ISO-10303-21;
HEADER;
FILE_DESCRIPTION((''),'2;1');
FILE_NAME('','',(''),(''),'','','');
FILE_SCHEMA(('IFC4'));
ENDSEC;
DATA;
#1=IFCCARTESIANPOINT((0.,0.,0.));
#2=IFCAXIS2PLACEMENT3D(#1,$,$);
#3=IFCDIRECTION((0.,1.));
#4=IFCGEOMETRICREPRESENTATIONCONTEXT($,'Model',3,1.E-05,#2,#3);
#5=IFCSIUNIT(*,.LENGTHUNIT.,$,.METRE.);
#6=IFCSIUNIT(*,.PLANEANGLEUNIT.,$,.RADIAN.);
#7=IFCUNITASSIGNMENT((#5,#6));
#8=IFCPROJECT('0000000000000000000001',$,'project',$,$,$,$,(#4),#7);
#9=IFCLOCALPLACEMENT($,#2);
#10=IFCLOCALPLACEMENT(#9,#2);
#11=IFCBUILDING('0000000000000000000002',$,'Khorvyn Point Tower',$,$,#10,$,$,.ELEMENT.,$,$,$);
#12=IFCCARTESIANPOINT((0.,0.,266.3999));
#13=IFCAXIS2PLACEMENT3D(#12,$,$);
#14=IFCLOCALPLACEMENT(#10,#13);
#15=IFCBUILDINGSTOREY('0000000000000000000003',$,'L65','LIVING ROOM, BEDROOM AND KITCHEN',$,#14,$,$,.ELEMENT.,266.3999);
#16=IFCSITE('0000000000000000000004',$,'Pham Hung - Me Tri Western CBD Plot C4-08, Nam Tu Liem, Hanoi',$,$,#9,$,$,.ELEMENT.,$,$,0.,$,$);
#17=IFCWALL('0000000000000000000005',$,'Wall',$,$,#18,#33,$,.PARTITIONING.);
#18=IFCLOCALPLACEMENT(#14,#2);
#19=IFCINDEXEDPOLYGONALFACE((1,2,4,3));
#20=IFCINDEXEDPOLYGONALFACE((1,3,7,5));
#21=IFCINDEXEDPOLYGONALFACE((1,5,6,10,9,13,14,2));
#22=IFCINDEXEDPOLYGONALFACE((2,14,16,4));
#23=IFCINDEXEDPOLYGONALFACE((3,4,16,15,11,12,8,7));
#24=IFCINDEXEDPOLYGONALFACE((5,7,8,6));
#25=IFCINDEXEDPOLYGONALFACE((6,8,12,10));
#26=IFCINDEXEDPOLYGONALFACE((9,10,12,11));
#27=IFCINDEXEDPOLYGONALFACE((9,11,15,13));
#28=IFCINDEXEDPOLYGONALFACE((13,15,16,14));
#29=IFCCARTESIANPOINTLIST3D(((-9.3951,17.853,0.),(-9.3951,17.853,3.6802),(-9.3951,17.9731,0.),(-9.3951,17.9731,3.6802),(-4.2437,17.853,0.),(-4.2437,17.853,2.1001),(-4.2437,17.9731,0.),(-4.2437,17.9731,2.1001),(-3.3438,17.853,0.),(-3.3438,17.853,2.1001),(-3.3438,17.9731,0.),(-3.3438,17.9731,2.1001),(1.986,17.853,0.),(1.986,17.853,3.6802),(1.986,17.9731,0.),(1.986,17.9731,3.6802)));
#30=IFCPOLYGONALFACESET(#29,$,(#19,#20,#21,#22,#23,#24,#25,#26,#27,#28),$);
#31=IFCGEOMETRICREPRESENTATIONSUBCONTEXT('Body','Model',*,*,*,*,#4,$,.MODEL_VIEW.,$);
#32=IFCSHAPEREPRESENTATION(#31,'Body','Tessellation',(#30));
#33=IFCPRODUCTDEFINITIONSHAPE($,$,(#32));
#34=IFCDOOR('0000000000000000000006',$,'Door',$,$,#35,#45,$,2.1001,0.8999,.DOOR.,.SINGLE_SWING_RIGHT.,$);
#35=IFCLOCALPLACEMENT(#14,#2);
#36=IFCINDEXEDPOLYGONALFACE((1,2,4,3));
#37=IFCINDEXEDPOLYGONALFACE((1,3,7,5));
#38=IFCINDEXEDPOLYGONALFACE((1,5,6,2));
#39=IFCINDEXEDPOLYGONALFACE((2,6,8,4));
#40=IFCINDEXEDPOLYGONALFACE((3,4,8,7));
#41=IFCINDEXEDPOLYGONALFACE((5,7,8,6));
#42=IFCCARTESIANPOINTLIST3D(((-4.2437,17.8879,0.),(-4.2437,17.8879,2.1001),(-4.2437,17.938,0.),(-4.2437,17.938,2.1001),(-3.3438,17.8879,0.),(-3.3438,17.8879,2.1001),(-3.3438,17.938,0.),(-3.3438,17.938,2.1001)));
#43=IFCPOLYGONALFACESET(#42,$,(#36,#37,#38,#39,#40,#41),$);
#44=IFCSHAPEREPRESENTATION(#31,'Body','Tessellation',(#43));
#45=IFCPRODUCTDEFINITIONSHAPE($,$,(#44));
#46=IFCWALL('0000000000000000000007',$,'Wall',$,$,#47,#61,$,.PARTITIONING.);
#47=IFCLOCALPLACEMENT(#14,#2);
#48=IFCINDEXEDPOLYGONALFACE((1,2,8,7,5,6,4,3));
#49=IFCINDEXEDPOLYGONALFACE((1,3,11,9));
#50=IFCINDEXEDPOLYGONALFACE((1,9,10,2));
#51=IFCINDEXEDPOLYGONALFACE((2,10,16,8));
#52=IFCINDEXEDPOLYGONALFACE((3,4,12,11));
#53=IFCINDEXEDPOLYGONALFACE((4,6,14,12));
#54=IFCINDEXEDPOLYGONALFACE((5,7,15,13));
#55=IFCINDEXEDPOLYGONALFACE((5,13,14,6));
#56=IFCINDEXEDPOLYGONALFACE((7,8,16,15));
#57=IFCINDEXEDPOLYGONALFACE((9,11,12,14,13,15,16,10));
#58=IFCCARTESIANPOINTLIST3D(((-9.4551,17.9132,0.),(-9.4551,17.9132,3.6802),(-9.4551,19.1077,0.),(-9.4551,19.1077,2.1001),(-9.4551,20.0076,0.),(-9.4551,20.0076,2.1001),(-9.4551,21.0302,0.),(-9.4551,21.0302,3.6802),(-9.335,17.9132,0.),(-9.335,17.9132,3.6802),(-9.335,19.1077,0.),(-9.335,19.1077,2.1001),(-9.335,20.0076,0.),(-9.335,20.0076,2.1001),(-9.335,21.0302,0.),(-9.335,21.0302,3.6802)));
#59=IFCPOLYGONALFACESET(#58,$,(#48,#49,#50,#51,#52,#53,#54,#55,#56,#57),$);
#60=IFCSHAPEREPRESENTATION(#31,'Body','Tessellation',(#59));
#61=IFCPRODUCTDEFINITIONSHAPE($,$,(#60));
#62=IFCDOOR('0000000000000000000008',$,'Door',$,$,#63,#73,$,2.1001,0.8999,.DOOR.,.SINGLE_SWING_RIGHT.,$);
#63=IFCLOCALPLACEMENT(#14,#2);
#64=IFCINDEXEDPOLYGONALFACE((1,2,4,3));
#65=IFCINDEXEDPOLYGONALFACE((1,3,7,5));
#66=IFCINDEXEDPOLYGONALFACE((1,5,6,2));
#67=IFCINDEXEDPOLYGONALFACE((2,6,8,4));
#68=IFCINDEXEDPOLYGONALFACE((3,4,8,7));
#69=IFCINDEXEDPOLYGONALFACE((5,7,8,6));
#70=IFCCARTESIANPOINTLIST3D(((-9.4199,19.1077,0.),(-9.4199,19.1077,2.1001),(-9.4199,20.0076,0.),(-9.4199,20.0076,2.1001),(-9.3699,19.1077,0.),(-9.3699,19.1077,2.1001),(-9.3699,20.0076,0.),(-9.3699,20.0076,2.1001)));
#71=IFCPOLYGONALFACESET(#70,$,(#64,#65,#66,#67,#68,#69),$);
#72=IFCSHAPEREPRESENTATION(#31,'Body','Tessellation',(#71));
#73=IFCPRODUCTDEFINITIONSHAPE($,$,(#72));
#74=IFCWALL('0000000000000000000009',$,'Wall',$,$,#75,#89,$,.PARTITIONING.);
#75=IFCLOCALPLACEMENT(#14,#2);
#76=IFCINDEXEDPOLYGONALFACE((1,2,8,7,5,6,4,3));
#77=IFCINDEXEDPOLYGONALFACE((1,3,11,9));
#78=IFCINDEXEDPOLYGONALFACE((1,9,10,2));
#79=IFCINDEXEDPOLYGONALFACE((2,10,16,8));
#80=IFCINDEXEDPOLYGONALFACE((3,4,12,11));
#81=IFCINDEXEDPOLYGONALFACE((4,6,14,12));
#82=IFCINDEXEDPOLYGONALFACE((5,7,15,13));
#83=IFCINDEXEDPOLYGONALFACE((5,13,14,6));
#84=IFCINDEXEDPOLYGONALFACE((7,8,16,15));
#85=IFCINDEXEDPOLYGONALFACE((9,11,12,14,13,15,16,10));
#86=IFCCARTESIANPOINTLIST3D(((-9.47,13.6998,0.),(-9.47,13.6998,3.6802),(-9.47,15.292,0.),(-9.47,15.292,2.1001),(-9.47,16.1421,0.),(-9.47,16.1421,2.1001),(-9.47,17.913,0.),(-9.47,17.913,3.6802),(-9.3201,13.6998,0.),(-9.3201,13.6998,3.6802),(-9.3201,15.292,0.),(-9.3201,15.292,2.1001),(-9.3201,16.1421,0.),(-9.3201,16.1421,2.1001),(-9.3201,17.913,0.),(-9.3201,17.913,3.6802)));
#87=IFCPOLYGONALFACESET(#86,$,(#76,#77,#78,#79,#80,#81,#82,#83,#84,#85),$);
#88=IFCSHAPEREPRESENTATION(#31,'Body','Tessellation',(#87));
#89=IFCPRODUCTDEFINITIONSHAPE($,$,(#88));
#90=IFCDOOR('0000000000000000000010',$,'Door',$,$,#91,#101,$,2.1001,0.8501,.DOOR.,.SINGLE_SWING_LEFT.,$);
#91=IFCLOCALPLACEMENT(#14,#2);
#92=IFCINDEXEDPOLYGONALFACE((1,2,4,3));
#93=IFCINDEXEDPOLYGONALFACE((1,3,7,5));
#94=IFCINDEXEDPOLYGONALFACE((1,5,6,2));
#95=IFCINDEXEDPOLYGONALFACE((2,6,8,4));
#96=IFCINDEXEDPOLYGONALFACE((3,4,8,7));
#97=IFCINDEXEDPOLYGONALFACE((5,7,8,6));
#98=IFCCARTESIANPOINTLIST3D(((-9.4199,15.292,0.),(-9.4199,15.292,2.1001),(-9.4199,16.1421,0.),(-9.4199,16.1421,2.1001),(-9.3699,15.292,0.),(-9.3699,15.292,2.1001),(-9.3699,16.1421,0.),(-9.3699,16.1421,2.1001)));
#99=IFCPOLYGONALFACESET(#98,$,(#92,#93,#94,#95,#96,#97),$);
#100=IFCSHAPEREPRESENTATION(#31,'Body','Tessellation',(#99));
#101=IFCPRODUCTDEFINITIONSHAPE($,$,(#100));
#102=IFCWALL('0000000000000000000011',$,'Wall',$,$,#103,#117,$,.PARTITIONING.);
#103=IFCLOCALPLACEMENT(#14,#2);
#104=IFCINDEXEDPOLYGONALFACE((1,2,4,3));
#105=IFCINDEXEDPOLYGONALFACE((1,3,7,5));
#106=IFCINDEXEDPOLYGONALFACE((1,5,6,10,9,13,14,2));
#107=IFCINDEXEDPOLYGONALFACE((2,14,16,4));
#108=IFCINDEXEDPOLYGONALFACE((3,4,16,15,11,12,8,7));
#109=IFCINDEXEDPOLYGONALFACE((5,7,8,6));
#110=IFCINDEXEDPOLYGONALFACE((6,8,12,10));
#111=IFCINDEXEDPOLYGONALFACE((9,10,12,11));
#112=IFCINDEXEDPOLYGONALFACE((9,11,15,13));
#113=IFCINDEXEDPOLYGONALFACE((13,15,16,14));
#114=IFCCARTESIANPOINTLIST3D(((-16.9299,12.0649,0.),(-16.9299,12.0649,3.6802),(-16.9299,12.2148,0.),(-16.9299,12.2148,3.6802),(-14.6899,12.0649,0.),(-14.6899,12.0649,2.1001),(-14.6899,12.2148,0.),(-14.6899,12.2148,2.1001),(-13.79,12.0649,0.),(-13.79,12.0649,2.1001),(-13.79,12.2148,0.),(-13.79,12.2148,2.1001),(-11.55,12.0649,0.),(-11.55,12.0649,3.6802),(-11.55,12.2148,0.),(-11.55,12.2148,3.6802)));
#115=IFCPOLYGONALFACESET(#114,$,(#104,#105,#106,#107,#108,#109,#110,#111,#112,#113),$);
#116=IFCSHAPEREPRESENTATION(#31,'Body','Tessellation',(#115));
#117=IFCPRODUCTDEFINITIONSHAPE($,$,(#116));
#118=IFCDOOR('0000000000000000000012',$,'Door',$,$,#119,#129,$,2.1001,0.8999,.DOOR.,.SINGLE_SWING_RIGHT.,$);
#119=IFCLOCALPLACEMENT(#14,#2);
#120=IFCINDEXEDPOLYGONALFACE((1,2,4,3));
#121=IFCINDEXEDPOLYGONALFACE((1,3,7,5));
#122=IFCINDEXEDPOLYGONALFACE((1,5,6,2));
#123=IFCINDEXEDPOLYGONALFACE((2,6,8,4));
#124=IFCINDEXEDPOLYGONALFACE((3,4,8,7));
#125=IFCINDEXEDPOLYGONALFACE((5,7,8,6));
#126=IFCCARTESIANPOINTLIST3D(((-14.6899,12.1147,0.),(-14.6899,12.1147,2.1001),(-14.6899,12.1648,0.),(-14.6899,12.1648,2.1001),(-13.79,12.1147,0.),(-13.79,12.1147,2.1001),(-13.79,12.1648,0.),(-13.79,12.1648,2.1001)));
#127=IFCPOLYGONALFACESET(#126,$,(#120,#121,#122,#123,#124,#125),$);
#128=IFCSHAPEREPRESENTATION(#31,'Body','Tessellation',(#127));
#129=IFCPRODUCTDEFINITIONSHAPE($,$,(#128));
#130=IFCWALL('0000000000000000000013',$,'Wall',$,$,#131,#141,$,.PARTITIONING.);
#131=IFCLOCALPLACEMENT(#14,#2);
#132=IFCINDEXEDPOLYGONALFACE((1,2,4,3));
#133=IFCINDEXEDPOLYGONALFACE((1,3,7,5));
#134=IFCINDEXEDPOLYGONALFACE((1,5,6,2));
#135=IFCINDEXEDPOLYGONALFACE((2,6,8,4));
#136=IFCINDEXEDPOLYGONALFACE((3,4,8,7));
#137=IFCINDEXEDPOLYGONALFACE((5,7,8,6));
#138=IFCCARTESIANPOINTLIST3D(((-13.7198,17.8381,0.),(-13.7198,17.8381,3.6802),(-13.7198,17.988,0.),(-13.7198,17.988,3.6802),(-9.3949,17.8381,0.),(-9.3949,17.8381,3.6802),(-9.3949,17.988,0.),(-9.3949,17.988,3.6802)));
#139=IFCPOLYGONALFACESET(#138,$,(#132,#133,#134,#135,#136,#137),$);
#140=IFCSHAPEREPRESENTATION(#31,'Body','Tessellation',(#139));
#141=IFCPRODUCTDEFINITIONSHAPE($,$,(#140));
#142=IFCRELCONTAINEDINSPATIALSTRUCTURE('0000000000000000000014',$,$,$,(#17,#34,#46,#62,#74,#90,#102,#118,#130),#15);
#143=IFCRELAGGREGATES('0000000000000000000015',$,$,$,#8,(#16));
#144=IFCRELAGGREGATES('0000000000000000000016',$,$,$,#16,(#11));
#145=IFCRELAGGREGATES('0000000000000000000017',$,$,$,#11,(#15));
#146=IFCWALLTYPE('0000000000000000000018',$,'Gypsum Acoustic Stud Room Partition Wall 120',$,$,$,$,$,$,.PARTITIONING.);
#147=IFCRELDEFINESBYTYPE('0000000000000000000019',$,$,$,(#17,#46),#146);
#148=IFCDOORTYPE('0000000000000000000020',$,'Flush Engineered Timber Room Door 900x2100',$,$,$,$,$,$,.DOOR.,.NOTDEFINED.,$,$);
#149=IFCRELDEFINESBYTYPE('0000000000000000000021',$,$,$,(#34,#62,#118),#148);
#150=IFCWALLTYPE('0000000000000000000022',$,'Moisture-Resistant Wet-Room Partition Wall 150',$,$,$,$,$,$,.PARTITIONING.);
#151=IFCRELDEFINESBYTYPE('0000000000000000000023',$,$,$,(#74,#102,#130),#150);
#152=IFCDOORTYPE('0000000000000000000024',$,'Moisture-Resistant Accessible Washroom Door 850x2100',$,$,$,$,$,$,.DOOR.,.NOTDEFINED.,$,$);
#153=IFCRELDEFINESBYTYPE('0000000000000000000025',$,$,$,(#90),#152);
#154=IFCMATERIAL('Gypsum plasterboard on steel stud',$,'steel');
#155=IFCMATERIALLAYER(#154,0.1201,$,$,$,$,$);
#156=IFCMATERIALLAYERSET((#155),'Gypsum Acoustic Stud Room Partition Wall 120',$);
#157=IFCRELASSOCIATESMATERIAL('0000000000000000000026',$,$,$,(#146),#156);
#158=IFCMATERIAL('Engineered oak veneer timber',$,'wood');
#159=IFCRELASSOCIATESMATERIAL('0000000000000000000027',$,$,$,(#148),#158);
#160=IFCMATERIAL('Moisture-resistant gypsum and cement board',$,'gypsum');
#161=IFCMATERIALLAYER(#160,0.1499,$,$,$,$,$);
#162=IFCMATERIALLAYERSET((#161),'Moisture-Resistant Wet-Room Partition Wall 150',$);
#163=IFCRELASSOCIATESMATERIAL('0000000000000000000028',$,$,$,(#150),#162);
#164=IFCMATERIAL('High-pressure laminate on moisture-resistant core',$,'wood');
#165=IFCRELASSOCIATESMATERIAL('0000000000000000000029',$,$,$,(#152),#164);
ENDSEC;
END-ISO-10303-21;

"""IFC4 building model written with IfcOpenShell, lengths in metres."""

from ifc_helpers import new_model, si_unit, direction, frame, frame_2d, origin, place, context, subcontext, project, spatial, rectangle, extrude, material, layer, layer_set, type_object, element, fill, save


model = new_model("IFC4")

# Units and contexts
model_context = context("Model", 3, precision=1e-05, world=origin(), true_north=direction((0.0, 1.0)))
body_context = subcontext(model_context, "Body", "Model", "MODEL_VIEW")
ifc_project = project(units=[si_unit("LENGTHUNIT", "METRE"), si_unit("PLANEANGLEUNIT", "RADIAN")], contexts=[model_context])

# Site, building, storey
site_placement = place(None, origin())
site = spatial("IfcSite", under=ifc_project, at=site_placement, Name="Pham Hung - Me Tri Western CBD Plot C4-08, Nam Tu Liem, Hanoi", CompositionType="ELEMENT", RefElevation=0.0)
building_placement = place(site_placement, origin())
building = spatial("IfcBuilding", under=site, at=building_placement, Name="Khorvyn Point Tower", CompositionType="ELEMENT")
storey_placement = place(building_placement, frame((0.0, 0.0, 266.3999)))
storey = spatial("IfcBuildingStorey", under=building, at=storey_placement, Name="L65", Description="LIVING ROOM, BEDROOM AND KITCHEN", CompositionType="ELEMENT", Elevation=266.3999)

# Walls, openings, doors
ifc_material_1 = material(Name="Gypsum plasterboard on steel stud", Category="steel")
ifc_layer_1 = layer(ifc_material_1, 0.1201)
ifc_layer_set_1 = layer_set([ifc_layer_1], Name="Gypsum Acoustic Stud Room Partition Wall 120")
wall_type_1 = type_object("IfcWallType", Name="Gypsum Acoustic Stud Room Partition Wall 120", PredefinedType="PARTITIONING", material=ifc_layer_set_1)
wall_1_placement = place(storey_placement, frame((-9.395, 17.9131, 0.0), z_axis=(0.0, 0.0, 1.0), x_axis=(1.0, 0.0, 0.0)))
wall_1 = element("IfcWall", 1, at=wall_1_placement, inside=storey, type_object=wall_type_1, Name="Wall", PredefinedType="PARTITIONING", context=body_context, shape_type="SweptSolid", body=[
    extrude(rectangle(XDim=11.3811, YDim=0.1201, at=frame_2d((5.6904, 0.0))), origin(), (0.0, 0.0, 1.0), 3.6802),
])
opening_1_placement = place(wall_1_placement, frame((5.1514, 0.0, 0.0)))
opening_1 = element("IfcOpeningElement", 2, at=opening_1_placement, cuts=wall_1, PredefinedType="OPENING", context=body_context, shape_type="SweptSolid", body=[
    extrude(rectangle(XDim=0.8999, YDim=2.1001, at=frame_2d((0.45, 1.05))), frame((0.0, 0.0701, 0.0), z_axis=(0.0, -1.0, 0.0), x_axis=(1.0, 0.0, 0.0)), (0.0, 0.0, 1.0), 0.1401),
])
ifc_material_2 = material(Name="Engineered oak veneer timber", Category="wood")
door_type_1 = type_object("IfcDoorType", Name="Flush Engineered Timber Room Door 900x2100", OperationType="NOTDEFINED", PredefinedType="DOOR", material=ifc_material_2)
door_1_placement = place(opening_1_placement, origin())
door_1 = element("IfcDoor", 3, at=door_1_placement, inside=storey, type_object=door_type_1, Name="Door", OperationType="SINGLE_SWING_RIGHT", OverallHeight=2.1001, OverallWidth=0.8999, PredefinedType="DOOR", context=body_context, shape_type="SweptSolid", body=[
    extrude(rectangle(XDim=0.8999, YDim=2.1001, at=frame_2d((0.45, 1.05))), frame((0.0, 0.0249, 0.0), z_axis=(0.0, -1.0, 0.0), x_axis=(1.0, 0.0, 0.0)), (0.0, 0.0, 1.0), 0.05),
])
fill(opening_1, door_1)
wall_2_placement = place(storey_placement, frame((-9.395, 17.9131, 0.0), z_axis=(0.0, 0.0, 1.0), x_axis=(0.0, 1.0, 0.0)))
wall_2 = element("IfcWall", 4, at=wall_2_placement, inside=storey, type_object=wall_type_1, Name="Wall", PredefinedType="PARTITIONING", context=body_context, shape_type="SweptSolid", body=[
    extrude(rectangle(XDim=3.1169, YDim=0.1201, at=frame_2d((1.5586, 0.0))), origin(), (0.0, 0.0, 1.0), 3.6802),
])
opening_2_placement = place(wall_2_placement, frame((1.1946, 0.0, 0.0)))
opening_2 = element("IfcOpeningElement", 5, at=opening_2_placement, cuts=wall_2, PredefinedType="OPENING", context=body_context, shape_type="SweptSolid", body=[
    extrude(rectangle(XDim=0.8999, YDim=2.1001, at=frame_2d((0.45, 1.05))), frame((0.0, 0.0701, 0.0), z_axis=(0.0, -1.0, 0.0), x_axis=(1.0, 0.0, 0.0)), (0.0, 0.0, 1.0), 0.1401),
])
door_2_placement = place(opening_2_placement, origin())
door_2 = element("IfcDoor", 6, at=door_2_placement, inside=storey, type_object=door_type_1, Name="Door", OperationType="SINGLE_SWING_RIGHT", OverallHeight=2.1001, OverallWidth=0.8999, PredefinedType="DOOR", context=body_context, shape_type="SweptSolid", body=[
    extrude(rectangle(XDim=0.8999, YDim=2.1001, at=frame_2d((0.45, 1.05))), frame((0.0, 0.0249, 0.0), z_axis=(0.0, -1.0, 0.0), x_axis=(1.0, 0.0, 0.0)), (0.0, 0.0, 1.0), 0.05),
])
fill(opening_2, door_2)
ifc_material_3 = material(Name="Moisture-resistant gypsum and cement board", Category="gypsum")
ifc_layer_2 = layer(ifc_material_3, 0.1499)
ifc_layer_set_2 = layer_set([ifc_layer_2], Name="Moisture-Resistant Wet-Room Partition Wall 150")
wall_type_2 = type_object("IfcWallType", Name="Moisture-Resistant Wet-Room Partition Wall 150", PredefinedType="PARTITIONING", material=ifc_layer_set_2)
wall_3_placement = place(storey_placement, frame((-9.395, 13.7, 0.0), z_axis=(0.0, 0.0, 1.0), x_axis=(0.0, 1.0, 0.0)))
wall_3 = element("IfcWall", 7, at=wall_3_placement, inside=storey, type_object=wall_type_2, Name="Wall", PredefinedType="PARTITIONING", context=body_context, shape_type="SweptSolid", body=[
    extrude(rectangle(XDim=4.2131, YDim=0.1499, at=frame_2d((2.1064, 0.0))), origin(), (0.0, 0.0, 1.0), 3.6802),
])
opening_3_placement = place(wall_3_placement, frame((1.592, 0.0, 0.0)))
opening_3 = element("IfcOpeningElement", 8, at=opening_3_placement, cuts=wall_3, PredefinedType="OPENING", context=body_context, shape_type="SweptSolid", body=[
    extrude(rectangle(XDim=0.8501, YDim=2.1001, at=frame_2d((0.425, 1.05))), frame((0.0, 0.085, 0.0), z_axis=(0.0, -1.0, 0.0), x_axis=(1.0, 0.0, 0.0)), (0.0, 0.0, 1.0), 0.1699),
])
ifc_material_4 = material(Name="High-pressure laminate on moisture-resistant core", Category="wood")
door_type_2 = type_object("IfcDoorType", Name="Moisture-Resistant Accessible Washroom Door 850x2100", OperationType="NOTDEFINED", PredefinedType="DOOR", material=ifc_material_4)
door_3_placement = place(opening_3_placement, origin())
door_3 = element("IfcDoor", 9, at=door_3_placement, inside=storey, type_object=door_type_2, Name="Door", OperationType="SINGLE_SWING_LEFT", OverallHeight=2.1001, OverallWidth=0.8501, PredefinedType="DOOR", context=body_context, shape_type="SweptSolid", body=[
    extrude(rectangle(XDim=0.8501, YDim=2.1001, at=frame_2d((0.425, 1.05))), frame((0.0, 0.0249, 0.0), z_axis=(0.0, -1.0, 0.0), x_axis=(1.0, 0.0, 0.0)), (0.0, 0.0, 1.0), 0.05),
])
fill(opening_3, door_3)
wall_4_placement = place(storey_placement, frame((-16.9299, 12.1399, 0.0), z_axis=(0.0, 0.0, 1.0), x_axis=(1.0, 0.0, 0.0)))
wall_4 = element("IfcWall", 10, at=wall_4_placement, inside=storey, type_object=wall_type_2, Name="Wall", PredefinedType="PARTITIONING", context=body_context, shape_type="SweptSolid", body=[
    extrude(rectangle(XDim=5.3799, YDim=0.1499, at=frame_2d((2.6899, 0.0))), origin(), (0.0, 0.0, 1.0), 3.6802),
])
opening_4_placement = place(wall_4_placement, frame((2.24, 0.0, 0.0)))
opening_4 = element("IfcOpeningElement", 11, at=opening_4_placement, cuts=wall_4, PredefinedType="OPENING", context=body_context, shape_type="SweptSolid", body=[
    extrude(rectangle(XDim=0.8999, YDim=2.1001, at=frame_2d((0.45, 1.05))), frame((0.0, 0.085, 0.0), z_axis=(0.0, -1.0, 0.0), x_axis=(1.0, 0.0, 0.0)), (0.0, 0.0, 1.0), 0.1699),
])
door_4_placement = place(opening_4_placement, origin())
door_4 = element("IfcDoor", 12, at=door_4_placement, inside=storey, type_object=door_type_1, Name="Door", OperationType="SINGLE_SWING_RIGHT", OverallHeight=2.1001, OverallWidth=0.8999, PredefinedType="DOOR", context=body_context, shape_type="SweptSolid", body=[
    extrude(rectangle(XDim=0.8999, YDim=2.1001, at=frame_2d((0.45, 1.05))), frame((0.0, 0.0249, 0.0), z_axis=(0.0, -1.0, 0.0), x_axis=(1.0, 0.0, 0.0)), (0.0, 0.0, 1.0), 0.05),
])
fill(opening_4, door_4)

# Wall
wall_5_placement = place(storey_placement, frame((-13.72, 17.9131, 0.0), z_axis=(0.0, 0.0, 1.0), x_axis=(1.0, 0.0, 0.0)))
element("IfcWall", 13, at=wall_5_placement, inside=storey, type_object=wall_type_2, Name="Wall", PredefinedType="PARTITIONING", context=body_context, shape_type="SweptSolid", body=[
    extrude(rectangle(XDim=4.325, YDim=0.1499, at=frame_2d((2.1626, 0.0))), origin(), (0.0, 0.0, 1.0), 3.6802),
])

save(model, "model.ifc")
